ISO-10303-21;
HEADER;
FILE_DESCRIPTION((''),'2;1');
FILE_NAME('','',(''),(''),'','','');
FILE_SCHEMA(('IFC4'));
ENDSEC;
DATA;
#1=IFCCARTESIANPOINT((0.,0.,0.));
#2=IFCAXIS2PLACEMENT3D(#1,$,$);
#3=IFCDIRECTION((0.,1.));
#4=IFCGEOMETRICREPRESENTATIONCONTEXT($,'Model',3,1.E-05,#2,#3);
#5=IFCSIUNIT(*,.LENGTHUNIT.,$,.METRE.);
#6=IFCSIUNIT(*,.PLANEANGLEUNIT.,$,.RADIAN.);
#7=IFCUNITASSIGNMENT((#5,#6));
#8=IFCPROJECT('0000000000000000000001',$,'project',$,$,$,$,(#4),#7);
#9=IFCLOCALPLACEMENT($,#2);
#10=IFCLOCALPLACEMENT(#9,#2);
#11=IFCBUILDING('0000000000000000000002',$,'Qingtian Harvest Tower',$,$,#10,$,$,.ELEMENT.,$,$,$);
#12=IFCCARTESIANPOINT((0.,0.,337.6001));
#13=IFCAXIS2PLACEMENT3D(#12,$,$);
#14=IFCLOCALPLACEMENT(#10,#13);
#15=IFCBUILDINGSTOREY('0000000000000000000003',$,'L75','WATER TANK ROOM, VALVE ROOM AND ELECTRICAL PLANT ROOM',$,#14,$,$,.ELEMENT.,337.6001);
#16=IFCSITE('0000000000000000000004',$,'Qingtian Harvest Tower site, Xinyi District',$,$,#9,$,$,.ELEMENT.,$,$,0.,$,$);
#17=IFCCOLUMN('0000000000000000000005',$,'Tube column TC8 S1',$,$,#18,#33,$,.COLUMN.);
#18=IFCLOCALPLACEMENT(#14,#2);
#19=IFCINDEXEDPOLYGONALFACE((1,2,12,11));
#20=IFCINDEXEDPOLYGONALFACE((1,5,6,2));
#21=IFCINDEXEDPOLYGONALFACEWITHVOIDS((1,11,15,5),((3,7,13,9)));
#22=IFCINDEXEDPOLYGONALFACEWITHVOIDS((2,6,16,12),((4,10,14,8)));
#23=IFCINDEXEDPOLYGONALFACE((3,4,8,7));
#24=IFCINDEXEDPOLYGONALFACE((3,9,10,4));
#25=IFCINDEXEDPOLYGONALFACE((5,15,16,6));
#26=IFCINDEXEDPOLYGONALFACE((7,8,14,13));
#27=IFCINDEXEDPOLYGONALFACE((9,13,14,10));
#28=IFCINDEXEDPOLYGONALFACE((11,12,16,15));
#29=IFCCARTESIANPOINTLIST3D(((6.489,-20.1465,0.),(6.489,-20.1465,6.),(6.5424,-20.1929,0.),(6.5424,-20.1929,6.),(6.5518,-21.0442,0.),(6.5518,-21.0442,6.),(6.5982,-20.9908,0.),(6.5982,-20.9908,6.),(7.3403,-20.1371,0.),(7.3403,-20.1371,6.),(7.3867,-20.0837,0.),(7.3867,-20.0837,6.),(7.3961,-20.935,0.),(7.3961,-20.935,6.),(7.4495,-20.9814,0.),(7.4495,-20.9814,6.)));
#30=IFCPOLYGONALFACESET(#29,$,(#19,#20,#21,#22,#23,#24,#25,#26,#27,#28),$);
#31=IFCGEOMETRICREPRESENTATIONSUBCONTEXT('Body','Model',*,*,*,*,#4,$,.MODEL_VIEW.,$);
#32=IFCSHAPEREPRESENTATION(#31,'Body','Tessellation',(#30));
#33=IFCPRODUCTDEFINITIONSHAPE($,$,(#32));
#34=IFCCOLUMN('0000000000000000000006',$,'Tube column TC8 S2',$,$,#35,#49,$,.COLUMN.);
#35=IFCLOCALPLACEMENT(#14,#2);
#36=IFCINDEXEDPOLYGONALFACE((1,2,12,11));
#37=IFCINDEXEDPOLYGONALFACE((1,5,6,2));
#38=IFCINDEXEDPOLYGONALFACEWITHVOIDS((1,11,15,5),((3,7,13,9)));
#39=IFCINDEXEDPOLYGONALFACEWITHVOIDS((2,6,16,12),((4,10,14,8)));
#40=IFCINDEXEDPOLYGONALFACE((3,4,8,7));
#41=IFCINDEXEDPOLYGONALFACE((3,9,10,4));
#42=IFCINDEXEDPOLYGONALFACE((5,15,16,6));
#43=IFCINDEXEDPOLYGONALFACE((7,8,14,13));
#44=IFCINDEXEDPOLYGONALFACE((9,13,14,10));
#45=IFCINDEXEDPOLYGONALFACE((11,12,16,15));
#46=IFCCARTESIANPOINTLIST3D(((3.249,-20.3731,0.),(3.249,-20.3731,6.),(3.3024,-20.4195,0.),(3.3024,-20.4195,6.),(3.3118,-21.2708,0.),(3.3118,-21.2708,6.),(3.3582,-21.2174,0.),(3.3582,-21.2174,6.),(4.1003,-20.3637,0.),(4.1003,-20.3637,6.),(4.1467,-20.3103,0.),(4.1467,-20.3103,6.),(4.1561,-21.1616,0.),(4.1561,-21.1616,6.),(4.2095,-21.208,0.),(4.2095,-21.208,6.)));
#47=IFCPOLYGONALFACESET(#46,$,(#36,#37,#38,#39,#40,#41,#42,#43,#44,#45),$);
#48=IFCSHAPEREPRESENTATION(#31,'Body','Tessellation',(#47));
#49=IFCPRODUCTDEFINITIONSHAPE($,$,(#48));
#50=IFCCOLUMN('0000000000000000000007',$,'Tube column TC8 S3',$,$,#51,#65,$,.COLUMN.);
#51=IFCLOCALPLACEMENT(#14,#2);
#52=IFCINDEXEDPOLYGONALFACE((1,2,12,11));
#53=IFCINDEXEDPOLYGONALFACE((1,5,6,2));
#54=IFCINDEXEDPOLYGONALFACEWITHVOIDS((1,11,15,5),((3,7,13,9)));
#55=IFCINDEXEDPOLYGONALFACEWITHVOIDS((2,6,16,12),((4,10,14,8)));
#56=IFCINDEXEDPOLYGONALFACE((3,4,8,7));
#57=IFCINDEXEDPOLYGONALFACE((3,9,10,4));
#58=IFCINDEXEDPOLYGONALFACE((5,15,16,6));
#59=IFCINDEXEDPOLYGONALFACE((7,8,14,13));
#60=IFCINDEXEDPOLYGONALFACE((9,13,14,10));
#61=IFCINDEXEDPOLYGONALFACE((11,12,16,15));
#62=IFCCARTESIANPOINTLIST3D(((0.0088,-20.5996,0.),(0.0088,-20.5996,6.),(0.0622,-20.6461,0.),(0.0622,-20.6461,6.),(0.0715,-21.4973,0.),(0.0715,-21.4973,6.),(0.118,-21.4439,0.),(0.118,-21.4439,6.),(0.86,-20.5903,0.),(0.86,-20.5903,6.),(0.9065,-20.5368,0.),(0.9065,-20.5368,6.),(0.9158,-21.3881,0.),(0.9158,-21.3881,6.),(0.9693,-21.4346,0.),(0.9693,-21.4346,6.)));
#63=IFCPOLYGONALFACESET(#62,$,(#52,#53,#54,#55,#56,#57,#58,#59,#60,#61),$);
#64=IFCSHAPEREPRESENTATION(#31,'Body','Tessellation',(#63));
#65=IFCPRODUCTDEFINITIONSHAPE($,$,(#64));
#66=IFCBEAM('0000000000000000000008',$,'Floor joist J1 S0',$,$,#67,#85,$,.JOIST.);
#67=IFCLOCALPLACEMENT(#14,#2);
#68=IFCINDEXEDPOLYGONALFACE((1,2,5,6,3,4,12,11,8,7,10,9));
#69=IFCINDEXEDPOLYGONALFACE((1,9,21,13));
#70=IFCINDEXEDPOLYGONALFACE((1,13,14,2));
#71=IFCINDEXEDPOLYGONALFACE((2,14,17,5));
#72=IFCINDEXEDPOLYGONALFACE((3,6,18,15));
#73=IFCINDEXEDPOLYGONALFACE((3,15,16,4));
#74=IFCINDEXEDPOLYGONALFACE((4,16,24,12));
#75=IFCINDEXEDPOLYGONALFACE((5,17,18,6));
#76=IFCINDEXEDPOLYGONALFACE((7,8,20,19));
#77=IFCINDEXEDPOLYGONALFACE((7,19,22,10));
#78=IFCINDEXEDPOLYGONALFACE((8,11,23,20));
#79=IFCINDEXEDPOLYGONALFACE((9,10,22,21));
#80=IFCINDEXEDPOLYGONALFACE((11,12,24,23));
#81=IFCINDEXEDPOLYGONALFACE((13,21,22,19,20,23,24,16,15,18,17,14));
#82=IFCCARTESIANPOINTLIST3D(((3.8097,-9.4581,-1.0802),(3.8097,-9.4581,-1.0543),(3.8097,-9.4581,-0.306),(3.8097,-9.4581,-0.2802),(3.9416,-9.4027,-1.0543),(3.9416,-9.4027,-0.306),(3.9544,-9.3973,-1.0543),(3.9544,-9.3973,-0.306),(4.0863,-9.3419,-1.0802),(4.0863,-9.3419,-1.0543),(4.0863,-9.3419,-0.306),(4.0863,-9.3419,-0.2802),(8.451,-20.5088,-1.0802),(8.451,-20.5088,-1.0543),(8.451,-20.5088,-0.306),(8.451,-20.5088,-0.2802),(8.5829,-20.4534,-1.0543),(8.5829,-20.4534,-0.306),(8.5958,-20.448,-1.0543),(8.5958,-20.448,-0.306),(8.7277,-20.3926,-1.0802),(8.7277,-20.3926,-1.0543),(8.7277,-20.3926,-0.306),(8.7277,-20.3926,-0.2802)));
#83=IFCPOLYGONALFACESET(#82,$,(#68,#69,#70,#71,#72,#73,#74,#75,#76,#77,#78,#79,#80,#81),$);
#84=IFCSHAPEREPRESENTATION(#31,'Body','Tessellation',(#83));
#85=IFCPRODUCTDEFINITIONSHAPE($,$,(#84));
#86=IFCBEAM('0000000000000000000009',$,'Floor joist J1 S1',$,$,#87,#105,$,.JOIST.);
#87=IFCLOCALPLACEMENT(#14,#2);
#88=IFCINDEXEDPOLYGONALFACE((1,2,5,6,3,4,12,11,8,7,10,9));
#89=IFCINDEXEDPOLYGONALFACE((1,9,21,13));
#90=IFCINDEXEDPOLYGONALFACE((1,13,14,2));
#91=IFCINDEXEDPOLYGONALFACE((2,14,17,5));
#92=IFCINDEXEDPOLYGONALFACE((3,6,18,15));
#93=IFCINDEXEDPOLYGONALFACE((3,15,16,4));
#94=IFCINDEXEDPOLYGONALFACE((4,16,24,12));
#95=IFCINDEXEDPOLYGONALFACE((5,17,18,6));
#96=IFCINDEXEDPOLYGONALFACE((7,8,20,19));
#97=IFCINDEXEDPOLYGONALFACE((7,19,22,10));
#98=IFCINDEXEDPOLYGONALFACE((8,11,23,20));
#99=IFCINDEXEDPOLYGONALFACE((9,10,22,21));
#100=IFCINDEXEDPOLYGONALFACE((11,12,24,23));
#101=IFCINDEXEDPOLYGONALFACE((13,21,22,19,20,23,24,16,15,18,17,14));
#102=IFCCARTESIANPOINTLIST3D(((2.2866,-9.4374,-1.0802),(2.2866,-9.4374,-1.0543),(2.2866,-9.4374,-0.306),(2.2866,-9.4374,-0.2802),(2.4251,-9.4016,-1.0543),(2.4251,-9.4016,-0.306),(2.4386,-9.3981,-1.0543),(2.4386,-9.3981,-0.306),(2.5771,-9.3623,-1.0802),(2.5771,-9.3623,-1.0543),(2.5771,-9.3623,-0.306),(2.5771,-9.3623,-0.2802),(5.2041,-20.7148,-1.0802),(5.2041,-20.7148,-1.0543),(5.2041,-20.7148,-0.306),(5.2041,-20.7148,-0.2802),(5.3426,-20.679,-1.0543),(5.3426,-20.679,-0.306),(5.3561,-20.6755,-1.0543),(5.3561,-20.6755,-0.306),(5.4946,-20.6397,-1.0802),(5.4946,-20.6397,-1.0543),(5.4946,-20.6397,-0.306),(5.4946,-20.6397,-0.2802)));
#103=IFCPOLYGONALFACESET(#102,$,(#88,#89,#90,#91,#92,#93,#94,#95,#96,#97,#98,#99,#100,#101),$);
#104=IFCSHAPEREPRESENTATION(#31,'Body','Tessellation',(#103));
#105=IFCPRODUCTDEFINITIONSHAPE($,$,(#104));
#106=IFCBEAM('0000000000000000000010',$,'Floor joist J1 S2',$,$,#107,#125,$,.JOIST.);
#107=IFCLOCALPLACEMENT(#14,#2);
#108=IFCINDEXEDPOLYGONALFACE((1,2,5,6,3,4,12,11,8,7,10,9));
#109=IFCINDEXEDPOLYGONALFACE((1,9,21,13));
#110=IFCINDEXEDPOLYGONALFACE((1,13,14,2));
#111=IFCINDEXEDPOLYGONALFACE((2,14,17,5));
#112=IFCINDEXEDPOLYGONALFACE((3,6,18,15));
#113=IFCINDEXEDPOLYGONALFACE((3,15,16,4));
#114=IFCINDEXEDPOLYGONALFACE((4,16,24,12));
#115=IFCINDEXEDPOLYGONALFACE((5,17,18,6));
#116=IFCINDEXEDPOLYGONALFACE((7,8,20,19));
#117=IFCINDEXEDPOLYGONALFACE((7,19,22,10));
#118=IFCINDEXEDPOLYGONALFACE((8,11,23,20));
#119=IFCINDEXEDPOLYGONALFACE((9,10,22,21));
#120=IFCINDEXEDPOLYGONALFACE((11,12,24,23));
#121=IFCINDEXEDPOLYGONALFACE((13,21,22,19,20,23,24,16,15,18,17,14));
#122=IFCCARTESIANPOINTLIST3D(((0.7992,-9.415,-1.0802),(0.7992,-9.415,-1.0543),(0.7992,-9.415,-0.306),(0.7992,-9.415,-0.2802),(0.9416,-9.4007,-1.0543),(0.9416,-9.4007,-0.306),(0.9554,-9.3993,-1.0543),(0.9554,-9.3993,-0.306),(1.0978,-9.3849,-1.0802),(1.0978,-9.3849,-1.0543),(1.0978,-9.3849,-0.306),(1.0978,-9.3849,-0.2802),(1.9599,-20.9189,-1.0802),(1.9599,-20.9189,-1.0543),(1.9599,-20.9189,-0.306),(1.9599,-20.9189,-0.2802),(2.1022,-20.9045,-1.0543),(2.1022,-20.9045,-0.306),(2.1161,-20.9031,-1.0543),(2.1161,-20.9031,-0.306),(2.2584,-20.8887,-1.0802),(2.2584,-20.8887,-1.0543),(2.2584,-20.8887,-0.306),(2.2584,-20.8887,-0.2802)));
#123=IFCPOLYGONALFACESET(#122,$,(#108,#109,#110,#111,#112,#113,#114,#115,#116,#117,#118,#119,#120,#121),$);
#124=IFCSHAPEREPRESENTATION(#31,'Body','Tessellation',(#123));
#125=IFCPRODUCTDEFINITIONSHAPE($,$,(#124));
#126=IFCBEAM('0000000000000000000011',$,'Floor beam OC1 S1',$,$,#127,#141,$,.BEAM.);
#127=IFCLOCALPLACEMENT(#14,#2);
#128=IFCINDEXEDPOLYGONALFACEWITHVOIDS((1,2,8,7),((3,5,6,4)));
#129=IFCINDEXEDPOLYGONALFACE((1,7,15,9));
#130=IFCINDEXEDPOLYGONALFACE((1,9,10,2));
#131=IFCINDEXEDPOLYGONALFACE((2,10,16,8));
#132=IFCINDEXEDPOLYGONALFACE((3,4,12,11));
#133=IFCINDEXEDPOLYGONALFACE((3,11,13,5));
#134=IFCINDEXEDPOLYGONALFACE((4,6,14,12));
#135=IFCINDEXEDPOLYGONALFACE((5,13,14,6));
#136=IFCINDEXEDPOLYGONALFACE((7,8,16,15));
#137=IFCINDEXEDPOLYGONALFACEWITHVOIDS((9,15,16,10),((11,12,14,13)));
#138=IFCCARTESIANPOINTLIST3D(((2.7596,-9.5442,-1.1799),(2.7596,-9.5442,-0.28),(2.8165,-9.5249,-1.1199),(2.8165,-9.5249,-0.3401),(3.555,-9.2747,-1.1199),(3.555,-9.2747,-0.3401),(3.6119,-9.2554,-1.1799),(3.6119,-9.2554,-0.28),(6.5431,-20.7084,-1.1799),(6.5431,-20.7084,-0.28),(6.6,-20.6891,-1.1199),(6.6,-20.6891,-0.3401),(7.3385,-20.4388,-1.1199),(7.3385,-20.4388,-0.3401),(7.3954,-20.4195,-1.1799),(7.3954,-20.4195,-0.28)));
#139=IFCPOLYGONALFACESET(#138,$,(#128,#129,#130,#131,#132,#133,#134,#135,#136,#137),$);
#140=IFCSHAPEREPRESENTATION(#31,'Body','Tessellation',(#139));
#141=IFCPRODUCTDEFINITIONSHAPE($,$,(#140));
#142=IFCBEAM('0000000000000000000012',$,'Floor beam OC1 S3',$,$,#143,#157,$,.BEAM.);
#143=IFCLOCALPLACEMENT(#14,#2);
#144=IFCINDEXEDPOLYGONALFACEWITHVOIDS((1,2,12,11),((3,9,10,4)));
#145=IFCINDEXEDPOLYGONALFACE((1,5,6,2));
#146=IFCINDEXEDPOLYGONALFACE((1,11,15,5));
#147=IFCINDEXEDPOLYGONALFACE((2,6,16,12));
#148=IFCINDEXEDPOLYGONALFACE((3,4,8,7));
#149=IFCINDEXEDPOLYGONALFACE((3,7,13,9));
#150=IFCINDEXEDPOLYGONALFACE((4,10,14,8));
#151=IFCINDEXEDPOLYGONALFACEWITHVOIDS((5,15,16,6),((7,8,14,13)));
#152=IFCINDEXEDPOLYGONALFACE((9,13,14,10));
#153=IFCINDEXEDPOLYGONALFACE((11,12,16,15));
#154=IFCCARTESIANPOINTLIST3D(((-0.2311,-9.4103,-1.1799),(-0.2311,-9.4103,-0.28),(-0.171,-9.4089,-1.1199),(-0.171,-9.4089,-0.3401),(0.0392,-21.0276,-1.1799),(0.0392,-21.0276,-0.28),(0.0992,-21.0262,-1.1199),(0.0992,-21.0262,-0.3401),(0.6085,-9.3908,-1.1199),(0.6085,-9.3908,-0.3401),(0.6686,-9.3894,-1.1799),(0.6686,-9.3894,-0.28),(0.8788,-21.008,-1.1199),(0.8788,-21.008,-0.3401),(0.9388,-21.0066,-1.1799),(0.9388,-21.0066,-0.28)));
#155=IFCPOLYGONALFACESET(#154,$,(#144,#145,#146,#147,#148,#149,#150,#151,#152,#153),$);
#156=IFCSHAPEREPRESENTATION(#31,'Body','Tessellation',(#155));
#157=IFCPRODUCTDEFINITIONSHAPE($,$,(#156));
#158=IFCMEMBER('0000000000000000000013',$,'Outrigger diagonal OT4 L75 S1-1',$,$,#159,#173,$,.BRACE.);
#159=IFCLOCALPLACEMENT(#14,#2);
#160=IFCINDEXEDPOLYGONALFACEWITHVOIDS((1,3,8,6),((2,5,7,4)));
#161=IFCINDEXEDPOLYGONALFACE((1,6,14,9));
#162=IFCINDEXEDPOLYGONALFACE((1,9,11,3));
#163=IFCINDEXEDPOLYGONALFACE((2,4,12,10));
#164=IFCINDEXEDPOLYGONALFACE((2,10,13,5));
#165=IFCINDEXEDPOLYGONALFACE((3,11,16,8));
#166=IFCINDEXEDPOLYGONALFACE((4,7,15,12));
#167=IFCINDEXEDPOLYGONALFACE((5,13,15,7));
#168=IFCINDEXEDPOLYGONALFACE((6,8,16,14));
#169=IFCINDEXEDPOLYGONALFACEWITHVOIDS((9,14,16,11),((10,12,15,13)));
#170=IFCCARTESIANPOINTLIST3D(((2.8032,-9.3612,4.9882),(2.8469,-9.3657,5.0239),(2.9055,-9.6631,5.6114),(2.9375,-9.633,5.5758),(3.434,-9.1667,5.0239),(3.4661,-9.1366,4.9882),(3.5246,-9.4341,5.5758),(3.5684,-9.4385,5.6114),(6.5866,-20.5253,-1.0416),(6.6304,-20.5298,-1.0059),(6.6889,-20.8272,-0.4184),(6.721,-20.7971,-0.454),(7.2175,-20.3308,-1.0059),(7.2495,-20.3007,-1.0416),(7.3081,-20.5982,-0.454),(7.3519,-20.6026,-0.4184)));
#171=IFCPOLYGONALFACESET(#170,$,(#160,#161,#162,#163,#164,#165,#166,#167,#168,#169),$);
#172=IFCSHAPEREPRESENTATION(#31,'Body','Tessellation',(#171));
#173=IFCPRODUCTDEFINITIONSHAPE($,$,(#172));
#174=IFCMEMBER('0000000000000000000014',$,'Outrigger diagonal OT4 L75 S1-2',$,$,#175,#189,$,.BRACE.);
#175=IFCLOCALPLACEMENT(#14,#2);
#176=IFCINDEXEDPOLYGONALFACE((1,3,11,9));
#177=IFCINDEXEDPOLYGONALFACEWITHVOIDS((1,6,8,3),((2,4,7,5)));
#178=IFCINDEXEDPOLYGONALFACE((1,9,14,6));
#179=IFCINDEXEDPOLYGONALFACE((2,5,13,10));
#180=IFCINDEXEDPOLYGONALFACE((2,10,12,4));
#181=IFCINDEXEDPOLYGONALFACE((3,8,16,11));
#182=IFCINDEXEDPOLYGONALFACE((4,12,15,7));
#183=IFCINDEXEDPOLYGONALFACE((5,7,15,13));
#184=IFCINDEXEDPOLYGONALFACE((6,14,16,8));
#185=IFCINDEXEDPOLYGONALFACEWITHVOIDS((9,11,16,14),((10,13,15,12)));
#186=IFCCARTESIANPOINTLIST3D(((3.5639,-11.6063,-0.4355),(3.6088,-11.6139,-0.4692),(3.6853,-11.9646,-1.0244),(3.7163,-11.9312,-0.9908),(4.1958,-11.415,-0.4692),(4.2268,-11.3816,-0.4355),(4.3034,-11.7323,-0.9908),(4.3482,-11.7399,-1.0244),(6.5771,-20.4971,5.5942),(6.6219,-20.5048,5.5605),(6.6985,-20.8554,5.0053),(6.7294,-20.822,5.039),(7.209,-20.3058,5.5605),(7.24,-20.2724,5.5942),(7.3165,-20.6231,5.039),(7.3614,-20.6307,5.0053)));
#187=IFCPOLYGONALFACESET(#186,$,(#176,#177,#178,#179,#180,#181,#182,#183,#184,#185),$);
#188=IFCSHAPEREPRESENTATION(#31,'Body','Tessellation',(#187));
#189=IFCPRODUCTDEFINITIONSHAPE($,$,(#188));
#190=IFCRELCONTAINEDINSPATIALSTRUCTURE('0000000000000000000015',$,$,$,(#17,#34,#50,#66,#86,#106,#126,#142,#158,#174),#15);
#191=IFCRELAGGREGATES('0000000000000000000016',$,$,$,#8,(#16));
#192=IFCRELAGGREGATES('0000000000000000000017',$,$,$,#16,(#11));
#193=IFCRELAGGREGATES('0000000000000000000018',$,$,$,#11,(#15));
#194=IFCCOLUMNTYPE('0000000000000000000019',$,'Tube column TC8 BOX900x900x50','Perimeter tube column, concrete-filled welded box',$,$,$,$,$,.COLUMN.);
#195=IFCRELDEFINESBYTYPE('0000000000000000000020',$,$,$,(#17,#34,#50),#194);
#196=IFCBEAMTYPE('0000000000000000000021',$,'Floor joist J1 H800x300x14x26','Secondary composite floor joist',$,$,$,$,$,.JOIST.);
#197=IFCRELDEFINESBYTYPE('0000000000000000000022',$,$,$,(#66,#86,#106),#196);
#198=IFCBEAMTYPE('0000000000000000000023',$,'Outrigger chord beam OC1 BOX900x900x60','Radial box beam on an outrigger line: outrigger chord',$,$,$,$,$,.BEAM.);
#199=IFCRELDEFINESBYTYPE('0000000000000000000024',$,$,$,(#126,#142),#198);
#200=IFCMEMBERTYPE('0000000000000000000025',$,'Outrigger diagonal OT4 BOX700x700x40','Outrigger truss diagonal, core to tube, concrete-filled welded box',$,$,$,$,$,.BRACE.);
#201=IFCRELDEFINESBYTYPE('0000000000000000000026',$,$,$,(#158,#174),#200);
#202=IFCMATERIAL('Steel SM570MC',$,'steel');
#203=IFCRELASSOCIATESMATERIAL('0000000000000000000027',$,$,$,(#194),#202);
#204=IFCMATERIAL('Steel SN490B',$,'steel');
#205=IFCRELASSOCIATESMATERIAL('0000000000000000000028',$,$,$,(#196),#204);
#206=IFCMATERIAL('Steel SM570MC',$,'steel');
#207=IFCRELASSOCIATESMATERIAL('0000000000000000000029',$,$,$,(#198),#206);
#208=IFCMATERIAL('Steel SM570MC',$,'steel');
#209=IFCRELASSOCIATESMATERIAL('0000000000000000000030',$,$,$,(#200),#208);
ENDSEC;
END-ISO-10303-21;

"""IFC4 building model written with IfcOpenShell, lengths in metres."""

from ifc_helpers import new_model, si_unit, direction, frame, origin, origin_2d, place, context, subcontext, project, spatial, hollow_rectangle, i_section, extrude, material, material_profile, profile_set, type_object, element, save


model = new_model("IFC4")

# Units and contexts
model_context = context("Model", 3, precision=1e-05, world=origin(), true_north=direction((0.0, 1.0)))
body_context = subcontext(model_context, "Body", "Model", "MODEL_VIEW")
ifc_project = project(units=[si_unit("LENGTHUNIT", "METRE"), si_unit("PLANEANGLEUNIT", "RADIAN")], contexts=[model_context])

# Site, building, storey
site_placement = place(None, origin())
site = spatial("IfcSite", under=ifc_project, at=site_placement, Name="Qingtian Harvest Tower site, Xinyi District", CompositionType="ELEMENT", RefElevation=0.0)
building_placement = place(site_placement, origin())
building = spatial("IfcBuilding", under=site, at=building_placement, Name="Qingtian Harvest Tower", CompositionType="ELEMENT")
storey_placement = place(building_placement, frame((0.0, 0.0, 337.6001)))
storey = spatial("IfcBuildingStorey", under=building, at=storey_placement, Name="L75", Description="WATER TANK ROOM, VALVE ROOM AND ELECTRICAL PLANT ROOM", CompositionType="ELEMENT", Elevation=337.6001)

# Columns
ifc_material_1 = material(Name="Steel SM570MC", Category="steel")
ifc_material_profile_1 = material_profile(ifc_material_1, hollow_rectangle(XDim=0.8999, YDim=0.8999, WallThickness=0.05, at=origin_2d()), Name="BOX900x900x50")
ifc_profile_set_1 = profile_set([ifc_material_profile_1], Name="Steel SM570MC")
column_type = type_object("IfcColumnType", Name="Tube column TC8 BOX900x900x50", Description="Perimeter tube column, concrete-filled welded box", PredefinedType="COLUMN", material=ifc_profile_set_1)
for number, where, z_axis, x_axis, name in (
    (1, (6.9692, -20.564, 0.0), (0.0, 0.0, 1.0), (0.997564, 0.069756, 0.0), "Tube column TC8 S1"),
    (2, (3.7292, -20.7905, 0.0), (0.0, 0.0, 1.0), (0.997564, 0.069756, 0.0), "Tube column TC8 S2"),
    (3, (0.489, -21.0171, 0.0), (0.0, 0.0, 1.0), (0.997564, 0.069756, 0.0), "Tube column TC8 S3"),
):
    element("IfcColumn", number, at=place(storey_placement, frame(where, z_axis=z_axis, x_axis=x_axis)), inside=storey, type_object=column_type, Name=name, PredefinedType="COLUMN", context=body_context, shape_type="SweptSolid", body=[
        extrude(hollow_rectangle(XDim=0.8999, YDim=0.8999, WallThickness=0.05, at=origin_2d()), origin(), (0.0, 0.0, 1.0), 6.0),
    ])

# Beams
ifc_material_2 = material(Name="Steel SN490B", Category="steel")
ifc_material_profile_2 = material_profile(ifc_material_2, i_section(OverallWidth=0.3, OverallDepth=0.8, WebThickness=0.0139, FlangeThickness=0.0259, at=origin_2d()), Name="H800x300x14x26")
ifc_profile_set_2 = profile_set([ifc_material_profile_2], Name="Steel SN490B")
beam_type_1 = type_object("IfcBeamType", Name="Floor joist J1 H800x300x14x26", Description="Secondary composite floor joist", PredefinedType="JOIST", material=ifc_profile_set_2)
beam_1_placement = place(storey_placement, frame((8.5894, -20.4507, -0.6802), z_axis=(-0.387235, 0.921981, 0.0), x_axis=(-0.921981, -0.387235, 0.0)))
element("IfcBeam", 4, at=beam_1_placement, inside=storey, type_object=beam_type_1, Name="Floor joist J1 S0", PredefinedType="JOIST", context=body_context, shape_type="SweptSolid", body=[
    extrude(i_section(OverallWidth=0.3, OverallDepth=0.8, WebThickness=0.0139, FlangeThickness=0.0259, at=origin_2d()), origin(), (0.0, 0.0, 1.0), 11.9858),
])
beam_2_placement = place(storey_placement, frame((5.3494, -20.6772, -0.6802), z_axis=(-0.250457, 0.968128, 0.0), x_axis=(-0.968128, -0.250457, 0.0)))
element("IfcBeam", 5, at=beam_2_placement, inside=storey, type_object=beam_type_1, Name="Floor joist J1 S1", PredefinedType="JOIST", context=body_context, shape_type="SweptSolid", body=[
    extrude(i_section(OverallWidth=0.3, OverallDepth=0.8, WebThickness=0.0139, FlangeThickness=0.0259, at=origin_2d()), origin(), (0.0, 0.0, 1.0), 11.6487),
])
beam_3_placement = place(storey_placement, frame((2.1091, -20.9038, -0.6802), z_axis=(-0.100382, 0.994949, 0.0), x_axis=(-0.994949, -0.100382, 0.0)))
element("IfcBeam", 6, at=beam_3_placement, inside=storey, type_object=beam_type_1, Name="Floor joist J1 S2", PredefinedType="JOIST", context=body_context, shape_type="SweptSolid", body=[
    extrude(i_section(OverallWidth=0.3, OverallDepth=0.8, WebThickness=0.0139, FlangeThickness=0.0259, at=origin_2d()), origin(), (0.0, 0.0, 1.0), 11.5623),
])
ifc_material_3 = material(Name="Steel SM570MC", Category="steel")
ifc_material_profile_3 = material_profile(ifc_material_3, hollow_rectangle(XDim=0.8999, YDim=0.8999, WallThickness=0.0601, at=origin_2d()), Name="BOX900x900x60")
ifc_profile_set_3 = profile_set([ifc_material_profile_3], Name="Steel SM570MC")
beam_type_2 = type_object("IfcBeamType", Name="Outrigger chord beam OC1 BOX900x900x60", Description="Radial box beam on an outrigger line: outrigger chord", PredefinedType="BEAM", material=ifc_profile_set_3)
beam_4_placement = place(storey_placement, frame((6.9692, -20.564, -0.73), z_axis=(-0.320965, 0.947091, 0.0), x_axis=(-0.947091, -0.320965, 0.0)))
element("IfcBeam", 7, at=beam_4_placement, inside=storey, type_object=beam_type_2, Name="Floor beam OC1 S1", PredefinedType="BEAM", context=body_context, shape_type="SweptSolid", body=[
    extrude(hollow_rectangle(XDim=0.8999, YDim=0.8999, WallThickness=0.0601, at=origin_2d()), origin(), (0.0, 0.0, 1.0), 11.7878),
])
beam_5_placement = place(storey_placement, frame((0.489, -21.0171, -0.73), z_axis=(-0.023258, 0.99973, 0.0), x_axis=(-0.99973, -0.023258, 0.0)))
element("IfcBeam", 8, at=beam_5_placement, inside=storey, type_object=beam_type_2, Name="Floor beam OC1 S3", PredefinedType="BEAM", context=body_context, shape_type="SweptSolid", body=[
    extrude(hollow_rectangle(XDim=0.8999, YDim=0.8999, WallThickness=0.0601, at=origin_2d()), origin(), (0.0, 0.0, 1.0), 11.6204),
])

# Members
ifc_material_4 = material(Name="Steel SM570MC", Category="steel")
ifc_material_profile_4 = material_profile(ifc_material_4, hollow_rectangle(XDim=0.7, YDim=0.7, WallThickness=0.04, at=origin_2d()), Name="BOX700x700x40")
ifc_profile_set_4 = profile_set([ifc_material_profile_4], Name="Steel SM570MC")
member_type = type_object("IfcMemberType", Name="Outrigger diagonal OT4 BOX700x700x40", Description="Outrigger truss diagonal, core to tube, concrete-filled welded box", PredefinedType="BRACE", material=ifc_profile_set_4)
member_1_placement = place(storey_placement, frame((6.9692, -20.564, -0.73), z_axis=(-0.28575, 0.84318, 0.455407), x_axis=(-0.947091, -0.320965, 0.0)))
element("IfcMember", 9, at=member_1_placement, inside=storey, type_object=member_type, Name="Outrigger diagonal OT4 L75 S1-1", PredefinedType="BRACE", context=body_context, shape_type="SweptSolid", body=[
    extrude(hollow_rectangle(XDim=0.7, YDim=0.7, WallThickness=0.04, at=origin_2d()), origin(), (0.0, 0.0, 1.0), 13.2405),
])
member_2_placement = place(storey_placement, frame((3.9561, -11.6731, -0.73), z_axis=(0.270064, -0.796866, 0.540435), x_axis=(0.947088, 0.320975, 0.0)))
element("IfcMember", 10, at=member_2_placement, inside=storey, type_object=member_type, Name="Outrigger diagonal OT4 L75 S1-2", PredefinedType="BRACE", context=body_context, shape_type="SweptSolid", body=[
    extrude(hollow_rectangle(XDim=0.7, YDim=0.7, WallThickness=0.04, at=origin_2d()), origin(), (0.0, 0.0, 1.0), 11.1572),
])

save(model, "model.ifc")
